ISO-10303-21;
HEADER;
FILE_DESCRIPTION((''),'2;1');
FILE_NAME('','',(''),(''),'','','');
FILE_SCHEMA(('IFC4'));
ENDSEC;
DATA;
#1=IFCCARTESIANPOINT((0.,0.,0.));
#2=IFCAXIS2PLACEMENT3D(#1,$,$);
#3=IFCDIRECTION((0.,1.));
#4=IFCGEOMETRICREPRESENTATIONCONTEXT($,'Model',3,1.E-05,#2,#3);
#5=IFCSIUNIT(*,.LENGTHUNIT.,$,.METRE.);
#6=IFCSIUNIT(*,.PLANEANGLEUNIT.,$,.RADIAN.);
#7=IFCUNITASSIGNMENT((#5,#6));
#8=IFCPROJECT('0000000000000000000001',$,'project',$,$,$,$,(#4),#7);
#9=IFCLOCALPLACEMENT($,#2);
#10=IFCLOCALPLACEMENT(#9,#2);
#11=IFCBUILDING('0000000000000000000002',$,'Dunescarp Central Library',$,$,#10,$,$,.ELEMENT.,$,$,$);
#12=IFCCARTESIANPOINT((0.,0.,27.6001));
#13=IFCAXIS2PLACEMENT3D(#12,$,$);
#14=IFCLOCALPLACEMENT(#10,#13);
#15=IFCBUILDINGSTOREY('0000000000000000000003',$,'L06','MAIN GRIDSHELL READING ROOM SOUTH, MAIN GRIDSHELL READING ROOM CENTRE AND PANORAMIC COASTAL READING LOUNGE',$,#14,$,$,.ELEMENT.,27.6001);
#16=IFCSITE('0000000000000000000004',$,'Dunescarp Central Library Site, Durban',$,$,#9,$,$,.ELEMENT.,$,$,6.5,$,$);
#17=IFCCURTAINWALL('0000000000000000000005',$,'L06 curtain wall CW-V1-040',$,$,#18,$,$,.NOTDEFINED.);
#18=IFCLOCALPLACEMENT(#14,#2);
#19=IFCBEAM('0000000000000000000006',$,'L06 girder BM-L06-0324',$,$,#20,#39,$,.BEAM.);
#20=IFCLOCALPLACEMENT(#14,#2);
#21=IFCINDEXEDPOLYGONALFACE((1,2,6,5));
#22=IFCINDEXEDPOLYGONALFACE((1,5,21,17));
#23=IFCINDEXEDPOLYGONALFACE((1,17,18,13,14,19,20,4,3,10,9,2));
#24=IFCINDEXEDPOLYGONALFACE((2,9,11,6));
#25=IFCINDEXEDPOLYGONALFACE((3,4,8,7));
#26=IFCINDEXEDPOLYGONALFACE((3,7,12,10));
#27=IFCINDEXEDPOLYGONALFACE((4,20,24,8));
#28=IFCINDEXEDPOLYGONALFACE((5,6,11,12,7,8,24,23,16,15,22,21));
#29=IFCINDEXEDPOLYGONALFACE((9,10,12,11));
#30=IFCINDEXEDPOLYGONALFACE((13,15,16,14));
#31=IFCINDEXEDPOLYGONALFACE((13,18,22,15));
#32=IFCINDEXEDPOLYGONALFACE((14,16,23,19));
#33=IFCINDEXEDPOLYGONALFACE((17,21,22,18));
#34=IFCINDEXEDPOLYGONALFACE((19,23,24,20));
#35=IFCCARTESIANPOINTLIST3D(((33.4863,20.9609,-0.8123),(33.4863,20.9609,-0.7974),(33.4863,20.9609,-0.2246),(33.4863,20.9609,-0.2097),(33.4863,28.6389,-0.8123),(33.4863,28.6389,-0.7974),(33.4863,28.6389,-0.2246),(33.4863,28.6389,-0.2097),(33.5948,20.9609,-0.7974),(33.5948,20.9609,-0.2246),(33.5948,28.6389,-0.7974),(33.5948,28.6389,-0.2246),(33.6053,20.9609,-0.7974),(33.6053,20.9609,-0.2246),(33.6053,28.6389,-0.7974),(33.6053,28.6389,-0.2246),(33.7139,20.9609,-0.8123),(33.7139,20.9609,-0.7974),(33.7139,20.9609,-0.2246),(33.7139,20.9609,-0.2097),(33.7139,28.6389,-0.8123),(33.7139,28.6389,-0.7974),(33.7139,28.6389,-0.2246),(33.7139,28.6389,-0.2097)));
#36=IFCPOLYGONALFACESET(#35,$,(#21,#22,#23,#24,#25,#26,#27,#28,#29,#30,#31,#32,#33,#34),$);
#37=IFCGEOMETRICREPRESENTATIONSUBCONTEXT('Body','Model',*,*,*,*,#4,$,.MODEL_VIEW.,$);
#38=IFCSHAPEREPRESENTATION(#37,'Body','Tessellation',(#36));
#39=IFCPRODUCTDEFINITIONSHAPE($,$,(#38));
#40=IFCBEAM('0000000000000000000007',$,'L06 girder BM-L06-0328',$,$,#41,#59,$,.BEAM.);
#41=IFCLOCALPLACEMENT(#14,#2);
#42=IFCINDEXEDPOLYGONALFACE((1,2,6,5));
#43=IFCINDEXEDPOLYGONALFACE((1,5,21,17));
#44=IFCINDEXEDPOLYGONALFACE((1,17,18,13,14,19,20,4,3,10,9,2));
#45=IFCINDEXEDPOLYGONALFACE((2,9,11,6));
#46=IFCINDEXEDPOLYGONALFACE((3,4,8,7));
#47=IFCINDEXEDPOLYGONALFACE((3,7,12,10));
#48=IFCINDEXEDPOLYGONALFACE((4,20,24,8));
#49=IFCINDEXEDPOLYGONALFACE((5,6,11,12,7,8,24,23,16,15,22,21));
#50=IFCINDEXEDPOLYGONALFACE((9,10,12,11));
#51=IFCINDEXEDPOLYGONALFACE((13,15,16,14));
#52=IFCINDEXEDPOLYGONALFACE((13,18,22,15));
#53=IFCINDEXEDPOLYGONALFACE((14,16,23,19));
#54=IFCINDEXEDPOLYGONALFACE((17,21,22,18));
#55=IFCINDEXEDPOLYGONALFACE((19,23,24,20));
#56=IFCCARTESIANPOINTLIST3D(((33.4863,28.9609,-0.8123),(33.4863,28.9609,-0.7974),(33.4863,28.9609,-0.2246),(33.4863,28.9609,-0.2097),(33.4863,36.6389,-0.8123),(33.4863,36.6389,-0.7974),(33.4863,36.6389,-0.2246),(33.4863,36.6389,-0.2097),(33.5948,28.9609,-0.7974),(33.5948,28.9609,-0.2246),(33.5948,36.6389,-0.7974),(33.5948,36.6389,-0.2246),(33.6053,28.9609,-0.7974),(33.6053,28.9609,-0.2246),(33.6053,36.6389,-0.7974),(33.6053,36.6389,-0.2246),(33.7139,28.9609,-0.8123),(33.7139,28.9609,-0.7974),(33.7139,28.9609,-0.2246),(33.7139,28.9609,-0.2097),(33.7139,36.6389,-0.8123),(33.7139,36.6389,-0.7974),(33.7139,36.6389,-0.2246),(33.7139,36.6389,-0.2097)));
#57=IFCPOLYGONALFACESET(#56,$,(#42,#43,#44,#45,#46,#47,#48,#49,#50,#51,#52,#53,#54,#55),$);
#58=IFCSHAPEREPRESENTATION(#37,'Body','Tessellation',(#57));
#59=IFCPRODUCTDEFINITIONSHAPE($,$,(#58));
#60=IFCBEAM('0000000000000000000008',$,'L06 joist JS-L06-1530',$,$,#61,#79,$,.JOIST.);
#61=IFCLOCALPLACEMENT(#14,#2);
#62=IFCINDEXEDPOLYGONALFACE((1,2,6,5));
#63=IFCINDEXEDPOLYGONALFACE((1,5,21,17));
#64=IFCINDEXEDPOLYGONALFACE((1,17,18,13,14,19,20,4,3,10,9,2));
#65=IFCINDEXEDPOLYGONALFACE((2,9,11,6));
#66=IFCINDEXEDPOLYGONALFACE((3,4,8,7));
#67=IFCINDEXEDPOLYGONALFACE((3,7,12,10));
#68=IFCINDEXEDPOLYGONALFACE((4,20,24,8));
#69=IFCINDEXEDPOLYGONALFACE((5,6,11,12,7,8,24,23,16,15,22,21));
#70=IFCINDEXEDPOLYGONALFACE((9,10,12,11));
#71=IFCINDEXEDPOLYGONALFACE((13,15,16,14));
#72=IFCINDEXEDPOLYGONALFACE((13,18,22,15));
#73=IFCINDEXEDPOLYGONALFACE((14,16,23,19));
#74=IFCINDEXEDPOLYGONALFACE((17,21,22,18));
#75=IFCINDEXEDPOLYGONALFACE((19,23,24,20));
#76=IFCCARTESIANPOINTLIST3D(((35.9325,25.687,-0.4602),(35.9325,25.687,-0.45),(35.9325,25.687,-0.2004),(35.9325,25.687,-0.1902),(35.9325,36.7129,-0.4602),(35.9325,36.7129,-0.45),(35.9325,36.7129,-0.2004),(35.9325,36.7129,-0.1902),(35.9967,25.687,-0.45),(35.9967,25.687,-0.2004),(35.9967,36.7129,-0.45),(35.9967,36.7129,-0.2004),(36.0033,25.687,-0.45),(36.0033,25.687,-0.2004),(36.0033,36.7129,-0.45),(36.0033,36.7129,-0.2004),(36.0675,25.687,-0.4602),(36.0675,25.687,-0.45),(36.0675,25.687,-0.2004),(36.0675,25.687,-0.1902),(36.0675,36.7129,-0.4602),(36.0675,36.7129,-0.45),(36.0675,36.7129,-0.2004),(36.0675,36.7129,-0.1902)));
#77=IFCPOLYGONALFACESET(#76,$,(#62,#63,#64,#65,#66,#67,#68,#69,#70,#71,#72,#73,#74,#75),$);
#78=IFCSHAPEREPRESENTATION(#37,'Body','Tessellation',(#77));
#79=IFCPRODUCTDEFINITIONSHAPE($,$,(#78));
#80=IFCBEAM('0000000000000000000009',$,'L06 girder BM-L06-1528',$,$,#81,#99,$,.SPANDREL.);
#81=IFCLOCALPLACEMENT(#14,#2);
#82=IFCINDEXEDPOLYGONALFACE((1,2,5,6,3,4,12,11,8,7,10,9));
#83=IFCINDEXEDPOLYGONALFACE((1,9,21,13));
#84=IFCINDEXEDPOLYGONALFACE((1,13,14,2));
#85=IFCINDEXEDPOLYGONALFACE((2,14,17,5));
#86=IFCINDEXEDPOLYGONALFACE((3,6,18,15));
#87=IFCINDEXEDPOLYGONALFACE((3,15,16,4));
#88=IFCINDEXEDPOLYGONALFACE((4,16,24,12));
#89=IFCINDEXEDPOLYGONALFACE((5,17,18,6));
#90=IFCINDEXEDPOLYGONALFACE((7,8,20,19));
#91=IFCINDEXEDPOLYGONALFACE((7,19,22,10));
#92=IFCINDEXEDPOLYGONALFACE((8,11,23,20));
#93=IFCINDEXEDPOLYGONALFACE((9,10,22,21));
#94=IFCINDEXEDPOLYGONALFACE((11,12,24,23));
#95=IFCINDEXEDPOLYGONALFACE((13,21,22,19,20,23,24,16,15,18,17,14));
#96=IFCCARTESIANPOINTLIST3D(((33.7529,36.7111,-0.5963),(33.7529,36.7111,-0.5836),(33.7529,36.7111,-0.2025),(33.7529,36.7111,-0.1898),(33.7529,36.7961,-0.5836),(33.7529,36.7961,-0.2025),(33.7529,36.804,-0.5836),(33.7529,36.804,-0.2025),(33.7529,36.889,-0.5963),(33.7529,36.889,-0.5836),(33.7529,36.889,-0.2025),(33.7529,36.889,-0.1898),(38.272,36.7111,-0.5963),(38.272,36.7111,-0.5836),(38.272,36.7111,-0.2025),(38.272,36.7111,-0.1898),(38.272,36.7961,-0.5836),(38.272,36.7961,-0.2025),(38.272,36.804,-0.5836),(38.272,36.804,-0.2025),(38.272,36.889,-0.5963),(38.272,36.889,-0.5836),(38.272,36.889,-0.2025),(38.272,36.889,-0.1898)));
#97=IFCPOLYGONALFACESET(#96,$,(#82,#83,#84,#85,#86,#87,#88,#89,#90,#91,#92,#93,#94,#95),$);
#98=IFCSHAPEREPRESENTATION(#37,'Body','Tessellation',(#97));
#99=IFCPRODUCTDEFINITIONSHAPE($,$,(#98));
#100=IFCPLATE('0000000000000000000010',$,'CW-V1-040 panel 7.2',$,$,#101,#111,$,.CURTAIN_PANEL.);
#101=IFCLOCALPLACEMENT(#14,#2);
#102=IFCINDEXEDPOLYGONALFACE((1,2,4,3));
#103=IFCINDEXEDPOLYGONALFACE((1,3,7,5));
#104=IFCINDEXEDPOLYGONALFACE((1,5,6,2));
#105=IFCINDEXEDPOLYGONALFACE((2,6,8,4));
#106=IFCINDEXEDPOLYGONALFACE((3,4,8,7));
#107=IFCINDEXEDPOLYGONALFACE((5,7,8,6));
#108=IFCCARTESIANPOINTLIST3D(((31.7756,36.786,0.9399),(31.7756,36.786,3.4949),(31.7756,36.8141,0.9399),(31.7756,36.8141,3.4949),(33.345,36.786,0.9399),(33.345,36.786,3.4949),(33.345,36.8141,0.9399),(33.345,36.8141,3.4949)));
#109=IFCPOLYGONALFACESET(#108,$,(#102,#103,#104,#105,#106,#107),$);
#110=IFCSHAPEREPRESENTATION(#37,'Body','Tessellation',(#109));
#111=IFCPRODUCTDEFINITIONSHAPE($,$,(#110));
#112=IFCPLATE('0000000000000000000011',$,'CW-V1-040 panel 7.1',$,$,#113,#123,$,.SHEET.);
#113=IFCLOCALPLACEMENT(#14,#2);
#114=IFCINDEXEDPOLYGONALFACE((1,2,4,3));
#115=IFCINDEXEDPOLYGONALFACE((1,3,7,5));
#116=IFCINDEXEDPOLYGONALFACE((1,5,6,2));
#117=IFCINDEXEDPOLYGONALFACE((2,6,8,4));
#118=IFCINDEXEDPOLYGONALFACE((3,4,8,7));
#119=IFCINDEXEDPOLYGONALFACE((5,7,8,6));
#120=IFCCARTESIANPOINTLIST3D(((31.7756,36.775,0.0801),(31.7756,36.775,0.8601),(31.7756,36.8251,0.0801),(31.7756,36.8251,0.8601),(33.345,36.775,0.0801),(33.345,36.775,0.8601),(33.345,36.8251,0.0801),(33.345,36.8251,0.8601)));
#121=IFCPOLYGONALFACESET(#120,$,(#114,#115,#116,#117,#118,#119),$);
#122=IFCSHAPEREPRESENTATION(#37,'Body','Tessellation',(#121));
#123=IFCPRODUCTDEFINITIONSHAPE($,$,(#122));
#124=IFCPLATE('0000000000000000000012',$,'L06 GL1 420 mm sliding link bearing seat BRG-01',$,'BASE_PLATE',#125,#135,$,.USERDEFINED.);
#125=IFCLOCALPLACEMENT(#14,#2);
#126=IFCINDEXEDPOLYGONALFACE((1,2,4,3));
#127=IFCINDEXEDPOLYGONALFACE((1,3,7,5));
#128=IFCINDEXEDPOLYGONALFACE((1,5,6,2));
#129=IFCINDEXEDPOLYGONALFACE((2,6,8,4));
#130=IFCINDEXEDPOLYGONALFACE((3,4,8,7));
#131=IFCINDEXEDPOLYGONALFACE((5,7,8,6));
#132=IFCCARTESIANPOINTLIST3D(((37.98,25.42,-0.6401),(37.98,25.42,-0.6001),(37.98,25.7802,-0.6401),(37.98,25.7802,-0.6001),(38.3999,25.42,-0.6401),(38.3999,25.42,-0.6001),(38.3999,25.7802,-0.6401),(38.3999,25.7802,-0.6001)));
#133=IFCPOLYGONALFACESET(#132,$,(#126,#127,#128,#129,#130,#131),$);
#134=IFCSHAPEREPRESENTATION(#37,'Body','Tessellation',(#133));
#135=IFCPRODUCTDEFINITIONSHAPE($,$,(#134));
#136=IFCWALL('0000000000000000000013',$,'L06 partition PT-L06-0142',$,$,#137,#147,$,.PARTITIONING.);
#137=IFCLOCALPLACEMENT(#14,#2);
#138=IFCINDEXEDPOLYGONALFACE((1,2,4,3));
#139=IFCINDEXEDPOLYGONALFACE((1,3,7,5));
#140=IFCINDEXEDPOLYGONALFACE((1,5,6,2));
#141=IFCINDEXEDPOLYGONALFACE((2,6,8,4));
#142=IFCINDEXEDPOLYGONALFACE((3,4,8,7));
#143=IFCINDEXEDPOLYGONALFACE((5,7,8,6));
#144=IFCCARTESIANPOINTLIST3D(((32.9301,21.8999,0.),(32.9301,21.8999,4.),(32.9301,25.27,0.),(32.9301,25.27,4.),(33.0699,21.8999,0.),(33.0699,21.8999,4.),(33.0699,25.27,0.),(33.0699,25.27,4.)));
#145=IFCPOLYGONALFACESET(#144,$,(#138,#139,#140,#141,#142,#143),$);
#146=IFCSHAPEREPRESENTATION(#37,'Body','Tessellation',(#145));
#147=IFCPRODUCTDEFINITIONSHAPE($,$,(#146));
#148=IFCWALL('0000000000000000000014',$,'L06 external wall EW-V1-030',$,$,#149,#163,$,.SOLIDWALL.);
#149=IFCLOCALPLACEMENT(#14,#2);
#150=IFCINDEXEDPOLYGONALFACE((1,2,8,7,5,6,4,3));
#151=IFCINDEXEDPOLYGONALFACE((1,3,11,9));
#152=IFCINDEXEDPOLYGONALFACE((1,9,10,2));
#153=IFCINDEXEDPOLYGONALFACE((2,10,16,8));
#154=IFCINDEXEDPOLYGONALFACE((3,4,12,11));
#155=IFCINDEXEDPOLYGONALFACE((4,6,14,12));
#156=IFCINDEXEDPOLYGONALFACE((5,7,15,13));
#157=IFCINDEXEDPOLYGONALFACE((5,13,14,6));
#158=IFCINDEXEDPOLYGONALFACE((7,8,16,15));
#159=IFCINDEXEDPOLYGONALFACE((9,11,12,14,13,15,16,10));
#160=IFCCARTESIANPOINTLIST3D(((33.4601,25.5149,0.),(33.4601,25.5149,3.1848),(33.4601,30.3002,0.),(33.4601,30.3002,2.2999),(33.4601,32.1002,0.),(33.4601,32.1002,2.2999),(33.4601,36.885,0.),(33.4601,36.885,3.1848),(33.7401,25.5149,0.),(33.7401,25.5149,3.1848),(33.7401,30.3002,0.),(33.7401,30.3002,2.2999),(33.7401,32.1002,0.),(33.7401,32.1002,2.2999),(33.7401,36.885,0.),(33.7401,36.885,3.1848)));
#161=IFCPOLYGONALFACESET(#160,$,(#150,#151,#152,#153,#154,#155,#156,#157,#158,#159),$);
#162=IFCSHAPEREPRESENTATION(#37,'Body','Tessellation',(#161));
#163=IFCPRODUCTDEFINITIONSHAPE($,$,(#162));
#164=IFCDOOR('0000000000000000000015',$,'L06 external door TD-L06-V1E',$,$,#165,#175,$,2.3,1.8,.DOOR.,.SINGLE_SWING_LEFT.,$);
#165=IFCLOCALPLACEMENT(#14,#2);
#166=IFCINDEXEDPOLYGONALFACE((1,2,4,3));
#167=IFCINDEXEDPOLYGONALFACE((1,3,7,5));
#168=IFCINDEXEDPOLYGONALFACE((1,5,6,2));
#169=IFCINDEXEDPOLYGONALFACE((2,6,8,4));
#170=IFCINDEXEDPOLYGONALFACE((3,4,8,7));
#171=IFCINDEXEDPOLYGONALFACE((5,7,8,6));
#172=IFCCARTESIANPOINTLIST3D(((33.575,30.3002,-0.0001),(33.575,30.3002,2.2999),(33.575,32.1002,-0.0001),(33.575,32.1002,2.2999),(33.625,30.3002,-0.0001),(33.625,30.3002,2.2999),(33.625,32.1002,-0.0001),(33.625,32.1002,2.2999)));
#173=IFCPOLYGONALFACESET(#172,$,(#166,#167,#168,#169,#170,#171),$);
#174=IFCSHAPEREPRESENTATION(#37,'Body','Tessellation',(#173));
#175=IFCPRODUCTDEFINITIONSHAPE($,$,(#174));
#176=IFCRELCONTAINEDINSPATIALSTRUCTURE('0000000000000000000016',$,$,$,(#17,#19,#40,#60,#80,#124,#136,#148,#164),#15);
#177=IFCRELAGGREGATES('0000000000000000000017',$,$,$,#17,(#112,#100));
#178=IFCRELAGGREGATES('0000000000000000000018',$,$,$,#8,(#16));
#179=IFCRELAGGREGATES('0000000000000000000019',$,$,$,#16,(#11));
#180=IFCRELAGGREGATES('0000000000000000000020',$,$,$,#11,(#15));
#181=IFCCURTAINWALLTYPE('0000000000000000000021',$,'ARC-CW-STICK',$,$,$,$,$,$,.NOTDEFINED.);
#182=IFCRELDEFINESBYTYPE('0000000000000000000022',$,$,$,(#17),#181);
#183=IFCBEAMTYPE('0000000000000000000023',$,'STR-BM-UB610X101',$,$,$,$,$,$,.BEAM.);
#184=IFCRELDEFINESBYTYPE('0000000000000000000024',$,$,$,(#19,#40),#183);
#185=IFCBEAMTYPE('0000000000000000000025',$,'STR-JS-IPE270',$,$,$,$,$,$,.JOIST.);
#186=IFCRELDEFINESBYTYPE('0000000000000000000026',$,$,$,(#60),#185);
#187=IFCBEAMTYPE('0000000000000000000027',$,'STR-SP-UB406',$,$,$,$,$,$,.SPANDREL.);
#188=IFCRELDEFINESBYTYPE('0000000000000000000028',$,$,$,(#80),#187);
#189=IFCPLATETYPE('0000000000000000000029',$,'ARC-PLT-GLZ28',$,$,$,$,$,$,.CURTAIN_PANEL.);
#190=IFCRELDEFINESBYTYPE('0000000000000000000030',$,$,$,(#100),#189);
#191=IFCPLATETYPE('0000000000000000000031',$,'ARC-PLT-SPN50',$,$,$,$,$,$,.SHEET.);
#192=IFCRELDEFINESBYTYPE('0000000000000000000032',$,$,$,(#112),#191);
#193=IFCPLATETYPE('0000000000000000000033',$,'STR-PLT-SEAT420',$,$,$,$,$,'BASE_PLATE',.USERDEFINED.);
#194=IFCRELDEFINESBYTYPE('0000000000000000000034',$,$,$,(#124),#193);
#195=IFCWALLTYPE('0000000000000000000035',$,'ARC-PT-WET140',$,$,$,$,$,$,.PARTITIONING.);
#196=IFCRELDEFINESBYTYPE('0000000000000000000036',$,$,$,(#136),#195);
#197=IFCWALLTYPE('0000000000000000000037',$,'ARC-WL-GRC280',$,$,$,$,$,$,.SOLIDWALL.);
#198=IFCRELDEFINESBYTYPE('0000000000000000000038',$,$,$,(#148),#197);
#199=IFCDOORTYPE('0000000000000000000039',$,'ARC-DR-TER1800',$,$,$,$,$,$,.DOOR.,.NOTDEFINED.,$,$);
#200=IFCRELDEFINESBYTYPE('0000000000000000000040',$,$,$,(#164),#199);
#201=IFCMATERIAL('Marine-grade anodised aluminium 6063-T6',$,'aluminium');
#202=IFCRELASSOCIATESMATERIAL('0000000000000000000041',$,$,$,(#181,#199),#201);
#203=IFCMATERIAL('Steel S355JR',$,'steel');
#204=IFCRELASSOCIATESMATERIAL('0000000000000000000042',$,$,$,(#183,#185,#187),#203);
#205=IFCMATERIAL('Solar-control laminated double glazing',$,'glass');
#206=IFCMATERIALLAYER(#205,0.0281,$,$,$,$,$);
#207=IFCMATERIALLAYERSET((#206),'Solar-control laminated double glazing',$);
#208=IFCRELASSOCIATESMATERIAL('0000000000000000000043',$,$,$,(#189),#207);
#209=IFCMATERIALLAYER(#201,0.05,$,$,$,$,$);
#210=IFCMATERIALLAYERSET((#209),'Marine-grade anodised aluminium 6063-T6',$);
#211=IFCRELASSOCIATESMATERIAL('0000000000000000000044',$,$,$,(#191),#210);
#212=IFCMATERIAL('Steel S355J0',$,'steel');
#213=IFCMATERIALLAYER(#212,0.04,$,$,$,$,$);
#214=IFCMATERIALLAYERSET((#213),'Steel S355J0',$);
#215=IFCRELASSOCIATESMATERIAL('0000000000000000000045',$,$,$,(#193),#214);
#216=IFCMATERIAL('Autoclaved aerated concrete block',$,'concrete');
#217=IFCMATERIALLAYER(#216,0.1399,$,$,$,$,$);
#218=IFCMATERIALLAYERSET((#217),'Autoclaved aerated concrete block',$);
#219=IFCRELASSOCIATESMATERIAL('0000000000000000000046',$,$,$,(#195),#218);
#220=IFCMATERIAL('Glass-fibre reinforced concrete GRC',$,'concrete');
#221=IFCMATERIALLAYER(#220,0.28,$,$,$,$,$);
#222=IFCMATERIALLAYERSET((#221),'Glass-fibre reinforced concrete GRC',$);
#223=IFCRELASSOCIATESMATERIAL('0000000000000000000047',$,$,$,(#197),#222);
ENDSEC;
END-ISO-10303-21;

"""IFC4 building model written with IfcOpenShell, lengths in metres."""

from ifc_helpers import new_model, si_unit, direction, frame, frame_2d, origin, origin_2d, place, context, subcontext, project, spatial, rectangle, i_section, extrude, material, layer, layer_set, material_profile, profile_set, type_object, element, fill, aggregate, save


model = new_model("IFC4")

# Units and contexts
model_context = context("Model", 3, precision=1e-05, world=origin(), true_north=direction((0.0, 1.0)))
body_context = subcontext(model_context, "Body", "Model", "MODEL_VIEW")
ifc_project = project(units=[si_unit("LENGTHUNIT", "METRE"), si_unit("PLANEANGLEUNIT", "RADIAN")], contexts=[model_context])

# Site, building, storey
site_placement = place(None, origin())
site = spatial("IfcSite", under=ifc_project, at=site_placement, Name="Dunescarp Central Library Site, Durban", CompositionType="ELEMENT", RefElevation=6.5)
building_placement = place(site_placement, origin())
building = spatial("IfcBuilding", under=site, at=building_placement, Name="Dunescarp Central Library", CompositionType="ELEMENT")
storey_placement = place(building_placement, frame((0.0, 0.0, 27.6001)))
storey = spatial("IfcBuildingStorey", under=building, at=storey_placement, Name="L06", Description="MAIN GRIDSHELL READING ROOM SOUTH, MAIN GRIDSHELL READING ROOM CENTRE AND PANORAMIC COASTAL READING LOUNGE", CompositionType="ELEMENT", Elevation=27.6001)

# Shared definitions
ifc_material_1 = material(Name="Steel S355JR", Category="steel")

# Curtain wall
ifc_material_2 = material(Name="Marine-grade anodised aluminium 6063-T6", Category="aluminium")
curtain_wall_type = type_object("IfcCurtainWallType", Name="ARC-CW-STICK", PredefinedType="NOTDEFINED", material=ifc_material_2)
curtain_wall_placement = place(storey_placement, origin())
curtain_wall = element("IfcCurtainWall", 1, at=curtain_wall_placement, inside=storey, type_object=curtain_wall_type, Name="L06 curtain wall CW-V1-040", PredefinedType="NOTDEFINED")

# Beams
ifc_material_profile_1 = material_profile(ifc_material_1, i_section(OverallWidth=0.2275, OverallDepth=0.6025, WebThickness=0.0105, FlangeThickness=0.0149, at=origin_2d()), Name="UB 610x229x101")
ifc_profile_set_1 = profile_set([ifc_material_profile_1], Name="Steel S355JR")
beam_type_1 = type_object("IfcBeamType", Name="STR-BM-UB610X101", PredefinedType="BEAM", material=ifc_profile_set_1)
for number, where, z_axis, x_axis, name in (
    (2, (33.6001, 20.9609, -0.511), (0.0, 1.0, 0.0), (-1.0, 0.0, 0.0), "L06 girder BM-L06-0324"),
    (3, (33.6001, 28.9609, -0.511), (0.0, 1.0, 0.0), (-1.0, 0.0, 0.0), "L06 girder BM-L06-0328"),
):
    element("IfcBeam", number, at=place(storey_placement, frame(where, z_axis=z_axis, x_axis=x_axis)), inside=storey, type_object=beam_type_1, Name=name, PredefinedType="BEAM", context=body_context, shape_type="SweptSolid", body=[
        extrude(i_section(OverallWidth=0.2275, OverallDepth=0.6025, WebThickness=0.0105, FlangeThickness=0.0149, at=origin_2d()), origin(), (0.0, 0.0, 1.0), 7.678),
    ])
ifc_material_profile_2 = material_profile(ifc_material_1, i_section(OverallWidth=0.135, OverallDepth=0.27, WebThickness=0.0066, FlangeThickness=0.0103, at=origin_2d()), Name="IPE 270")
ifc_profile_set_2 = profile_set([ifc_material_profile_2], Name="Steel S355JR")
beam_type_2 = type_object("IfcBeamType", Name="STR-JS-IPE270", PredefinedType="JOIST", material=ifc_profile_set_2)
beam_1_placement = place(storey_placement, frame((36.0, 25.687, -0.3252), z_axis=(0.0, 1.0, 0.0), x_axis=(-1.0, 0.0, 0.0)))
element("IfcBeam", 4, at=beam_1_placement, inside=storey, type_object=beam_type_2, Name="L06 joist JS-L06-1530", PredefinedType="JOIST", context=body_context, shape_type="SweptSolid", body=[
    extrude(i_section(OverallWidth=0.135, OverallDepth=0.27, WebThickness=0.0066, FlangeThickness=0.0103, at=origin_2d()), origin(), (0.0, 0.0, 1.0), 11.0259),
])
ifc_material_profile_3 = material_profile(ifc_material_1, i_section(OverallWidth=0.178, OverallDepth=0.4065, WebThickness=0.0078, FlangeThickness=0.0127, at=origin_2d()), Name="UB 406x178x60")
ifc_profile_set_3 = profile_set([ifc_material_profile_3], Name="Steel S355JR")
beam_type_3 = type_object("IfcBeamType", Name="STR-SP-UB406", PredefinedType="SPANDREL", material=ifc_profile_set_3)
beam_2_placement = place(storey_placement, frame((33.7529, 36.8, -0.3931), z_axis=(1.0, 0.0, 0.0), x_axis=(0.0, 1.0, 0.0)))
element("IfcBeam", 5, at=beam_2_placement, inside=storey, type_object=beam_type_3, Name="L06 girder BM-L06-1528", PredefinedType="SPANDREL", context=body_context, shape_type="SweptSolid", body=[
    extrude(i_section(OverallWidth=0.178, OverallDepth=0.4065, WebThickness=0.0078, FlangeThickness=0.0127, at=origin_2d()), origin(), (0.0, 0.0, 1.0), 4.519),
])

# Plates
ifc_material_3 = material(Name="Solar-control laminated double glazing", Category="glass")
ifc_layer_1 = layer(ifc_material_3, 0.0281)
ifc_layer_set_1 = layer_set([ifc_layer_1], Name="Solar-control laminated double glazing")
plate_type_1 = type_object("IfcPlateType", Name="ARC-PLT-GLZ28", PredefinedType="CURTAIN_PANEL", material=ifc_layer_set_1)
plate_1_placement = place(storey_placement, frame((32.5603, 36.8, 0.9399), z_axis=(0.0, 0.0, 1.0), x_axis=(1.0, 0.0, 0.0)))
plate_1 = element("IfcPlate", 6, at=plate_1_placement, type_object=plate_type_1, Name="CW-V1-040 panel 7.2", PredefinedType="CURTAIN_PANEL", context=body_context, shape_type="SweptSolid", body=[
    extrude(rectangle(XDim=1.5693, YDim=0.0281, at=origin_2d()), origin(), (0.0, 0.0, 1.0), 2.5549),
])
ifc_layer_2 = layer(ifc_material_2, 0.05)
ifc_layer_set_2 = layer_set([ifc_layer_2], Name="Marine-grade anodised aluminium 6063-T6")
plate_type_2 = type_object("IfcPlateType", Name="ARC-PLT-SPN50", PredefinedType="SHEET", material=ifc_layer_set_2)
plate_2_placement = place(storey_placement, frame((32.5603, 36.8, 0.0801), z_axis=(0.0, 0.0, 1.0), x_axis=(1.0, 0.0, 0.0)))
plate_2 = element("IfcPlate", 7, at=plate_2_placement, type_object=plate_type_2, Name="CW-V1-040 panel 7.1", PredefinedType="SHEET", context=body_context, shape_type="SweptSolid", body=[
    extrude(rectangle(XDim=1.5693, YDim=0.05, at=origin_2d()), origin(), (0.0, 0.0, 1.0), 0.78),
])
aggregate(curtain_wall, [plate_2, plate_1])
ifc_material_4 = material(Name="Steel S355J0", Category="steel")
ifc_layer_3 = layer(ifc_material_4, 0.04)
ifc_layer_set_3 = layer_set([ifc_layer_3], Name="Steel S355J0")
plate_type_3 = type_object("IfcPlateType", Name="STR-PLT-SEAT420", ElementType="BASE_PLATE", PredefinedType="USERDEFINED", material=ifc_layer_set_3)
plate_3_placement = place(storey_placement, frame((38.1899, 25.6001, -0.6401), z_axis=(0.0, 0.0, 1.0), x_axis=(1.0, 0.0, 0.0)))
element("IfcPlate", 8, at=plate_3_placement, inside=storey, type_object=plate_type_3, Name="L06 GL1 420 mm sliding link bearing seat BRG-01", ObjectType="BASE_PLATE", PredefinedType="USERDEFINED", context=body_context, shape_type="SweptSolid", body=[
    extrude(rectangle(XDim=0.4199, YDim=0.3601, at=origin_2d()), origin(), (0.0, 0.0, 1.0), 0.04),
])

# Wall
ifc_material_5 = material(Name="Autoclaved aerated concrete block", Category="concrete")
ifc_layer_4 = layer(ifc_material_5, 0.1399)
ifc_layer_set_4 = layer_set([ifc_layer_4], Name="Autoclaved aerated concrete block")
wall_type_1 = type_object("IfcWallType", Name="ARC-PT-WET140", PredefinedType="PARTITIONING", material=ifc_layer_set_4)
wall_1_placement = place(storey_placement, frame((33.0, 21.8999, 0.0), z_axis=(0.0, 0.0, 1.0), x_axis=(0.0, 1.0, 0.0)))
element("IfcWall", 9, at=wall_1_placement, inside=storey, type_object=wall_type_1, Name="L06 partition PT-L06-0142", PredefinedType="PARTITIONING", context=body_context, shape_type="SweptSolid", body=[
    extrude(rectangle(XDim=3.3701, YDim=0.1399, at=frame_2d((1.6851, 0.0))), origin(), (0.0, 0.0, 1.0), 4.0),
])

# Wall, opening, door
ifc_material_6 = material(Name="Glass-fibre reinforced concrete GRC", Category="concrete")
ifc_layer_5 = layer(ifc_material_6, 0.28)
ifc_layer_set_5 = layer_set([ifc_layer_5], Name="Glass-fibre reinforced concrete GRC")
wall_type_2 = type_object("IfcWallType", Name="ARC-WL-GRC280", PredefinedType="SOLIDWALL", material=ifc_layer_set_5)
wall_2_placement = place(storey_placement, frame((33.6001, 36.885, 0.0), z_axis=(0.0, 0.0, 1.0), x_axis=(0.0, -1.0, 0.0)))
wall_2 = element("IfcWall", 10, at=wall_2_placement, inside=storey, type_object=wall_type_2, Name="L06 external wall EW-V1-030", PredefinedType="SOLIDWALL", context=body_context, shape_type="SweptSolid", body=[
    extrude(rectangle(XDim=11.3701, YDim=0.28, at=frame_2d((5.6851, 0.0))), origin(), (0.0, 0.0, 1.0), 3.1848),
])
opening_placement = place(wall_2_placement, frame((4.7849, 0.0, 0.0)))
opening = element("IfcOpeningElement", 11, at=opening_placement, cuts=wall_2, PredefinedType="OPENING", context=body_context, shape_type="SweptSolid", body=[
    extrude(rectangle(XDim=1.8, YDim=2.3, at=frame_2d((0.8999, 1.1499))), frame((0.0, 0.1499, 0.0), z_axis=(0.0, -1.0, 0.0), x_axis=(1.0, 0.0, 0.0)), (0.0, 0.0, 1.0), 0.3),
])
door_type = type_object("IfcDoorType", Name="ARC-DR-TER1800", OperationType="NOTDEFINED", PredefinedType="DOOR", material=ifc_material_2)
door_placement = place(opening_placement, origin())
door = element("IfcDoor", 12, at=door_placement, inside=storey, type_object=door_type, Name="L06 external door TD-L06-V1E", OperationType="SINGLE_SWING_LEFT", OverallHeight=2.3, OverallWidth=1.8, PredefinedType="DOOR", context=body_context, shape_type="SweptSolid", body=[
    extrude(rectangle(XDim=1.8, YDim=2.3, at=frame_2d((0.8999, 1.1499))), frame((0.0, 0.0249, 0.0), z_axis=(0.0, -1.0, 0.0), x_axis=(1.0, 0.0, 0.0)), (0.0, 0.0, 1.0), 0.05),
])
fill(opening, door)

save(model, "model.ifc")
